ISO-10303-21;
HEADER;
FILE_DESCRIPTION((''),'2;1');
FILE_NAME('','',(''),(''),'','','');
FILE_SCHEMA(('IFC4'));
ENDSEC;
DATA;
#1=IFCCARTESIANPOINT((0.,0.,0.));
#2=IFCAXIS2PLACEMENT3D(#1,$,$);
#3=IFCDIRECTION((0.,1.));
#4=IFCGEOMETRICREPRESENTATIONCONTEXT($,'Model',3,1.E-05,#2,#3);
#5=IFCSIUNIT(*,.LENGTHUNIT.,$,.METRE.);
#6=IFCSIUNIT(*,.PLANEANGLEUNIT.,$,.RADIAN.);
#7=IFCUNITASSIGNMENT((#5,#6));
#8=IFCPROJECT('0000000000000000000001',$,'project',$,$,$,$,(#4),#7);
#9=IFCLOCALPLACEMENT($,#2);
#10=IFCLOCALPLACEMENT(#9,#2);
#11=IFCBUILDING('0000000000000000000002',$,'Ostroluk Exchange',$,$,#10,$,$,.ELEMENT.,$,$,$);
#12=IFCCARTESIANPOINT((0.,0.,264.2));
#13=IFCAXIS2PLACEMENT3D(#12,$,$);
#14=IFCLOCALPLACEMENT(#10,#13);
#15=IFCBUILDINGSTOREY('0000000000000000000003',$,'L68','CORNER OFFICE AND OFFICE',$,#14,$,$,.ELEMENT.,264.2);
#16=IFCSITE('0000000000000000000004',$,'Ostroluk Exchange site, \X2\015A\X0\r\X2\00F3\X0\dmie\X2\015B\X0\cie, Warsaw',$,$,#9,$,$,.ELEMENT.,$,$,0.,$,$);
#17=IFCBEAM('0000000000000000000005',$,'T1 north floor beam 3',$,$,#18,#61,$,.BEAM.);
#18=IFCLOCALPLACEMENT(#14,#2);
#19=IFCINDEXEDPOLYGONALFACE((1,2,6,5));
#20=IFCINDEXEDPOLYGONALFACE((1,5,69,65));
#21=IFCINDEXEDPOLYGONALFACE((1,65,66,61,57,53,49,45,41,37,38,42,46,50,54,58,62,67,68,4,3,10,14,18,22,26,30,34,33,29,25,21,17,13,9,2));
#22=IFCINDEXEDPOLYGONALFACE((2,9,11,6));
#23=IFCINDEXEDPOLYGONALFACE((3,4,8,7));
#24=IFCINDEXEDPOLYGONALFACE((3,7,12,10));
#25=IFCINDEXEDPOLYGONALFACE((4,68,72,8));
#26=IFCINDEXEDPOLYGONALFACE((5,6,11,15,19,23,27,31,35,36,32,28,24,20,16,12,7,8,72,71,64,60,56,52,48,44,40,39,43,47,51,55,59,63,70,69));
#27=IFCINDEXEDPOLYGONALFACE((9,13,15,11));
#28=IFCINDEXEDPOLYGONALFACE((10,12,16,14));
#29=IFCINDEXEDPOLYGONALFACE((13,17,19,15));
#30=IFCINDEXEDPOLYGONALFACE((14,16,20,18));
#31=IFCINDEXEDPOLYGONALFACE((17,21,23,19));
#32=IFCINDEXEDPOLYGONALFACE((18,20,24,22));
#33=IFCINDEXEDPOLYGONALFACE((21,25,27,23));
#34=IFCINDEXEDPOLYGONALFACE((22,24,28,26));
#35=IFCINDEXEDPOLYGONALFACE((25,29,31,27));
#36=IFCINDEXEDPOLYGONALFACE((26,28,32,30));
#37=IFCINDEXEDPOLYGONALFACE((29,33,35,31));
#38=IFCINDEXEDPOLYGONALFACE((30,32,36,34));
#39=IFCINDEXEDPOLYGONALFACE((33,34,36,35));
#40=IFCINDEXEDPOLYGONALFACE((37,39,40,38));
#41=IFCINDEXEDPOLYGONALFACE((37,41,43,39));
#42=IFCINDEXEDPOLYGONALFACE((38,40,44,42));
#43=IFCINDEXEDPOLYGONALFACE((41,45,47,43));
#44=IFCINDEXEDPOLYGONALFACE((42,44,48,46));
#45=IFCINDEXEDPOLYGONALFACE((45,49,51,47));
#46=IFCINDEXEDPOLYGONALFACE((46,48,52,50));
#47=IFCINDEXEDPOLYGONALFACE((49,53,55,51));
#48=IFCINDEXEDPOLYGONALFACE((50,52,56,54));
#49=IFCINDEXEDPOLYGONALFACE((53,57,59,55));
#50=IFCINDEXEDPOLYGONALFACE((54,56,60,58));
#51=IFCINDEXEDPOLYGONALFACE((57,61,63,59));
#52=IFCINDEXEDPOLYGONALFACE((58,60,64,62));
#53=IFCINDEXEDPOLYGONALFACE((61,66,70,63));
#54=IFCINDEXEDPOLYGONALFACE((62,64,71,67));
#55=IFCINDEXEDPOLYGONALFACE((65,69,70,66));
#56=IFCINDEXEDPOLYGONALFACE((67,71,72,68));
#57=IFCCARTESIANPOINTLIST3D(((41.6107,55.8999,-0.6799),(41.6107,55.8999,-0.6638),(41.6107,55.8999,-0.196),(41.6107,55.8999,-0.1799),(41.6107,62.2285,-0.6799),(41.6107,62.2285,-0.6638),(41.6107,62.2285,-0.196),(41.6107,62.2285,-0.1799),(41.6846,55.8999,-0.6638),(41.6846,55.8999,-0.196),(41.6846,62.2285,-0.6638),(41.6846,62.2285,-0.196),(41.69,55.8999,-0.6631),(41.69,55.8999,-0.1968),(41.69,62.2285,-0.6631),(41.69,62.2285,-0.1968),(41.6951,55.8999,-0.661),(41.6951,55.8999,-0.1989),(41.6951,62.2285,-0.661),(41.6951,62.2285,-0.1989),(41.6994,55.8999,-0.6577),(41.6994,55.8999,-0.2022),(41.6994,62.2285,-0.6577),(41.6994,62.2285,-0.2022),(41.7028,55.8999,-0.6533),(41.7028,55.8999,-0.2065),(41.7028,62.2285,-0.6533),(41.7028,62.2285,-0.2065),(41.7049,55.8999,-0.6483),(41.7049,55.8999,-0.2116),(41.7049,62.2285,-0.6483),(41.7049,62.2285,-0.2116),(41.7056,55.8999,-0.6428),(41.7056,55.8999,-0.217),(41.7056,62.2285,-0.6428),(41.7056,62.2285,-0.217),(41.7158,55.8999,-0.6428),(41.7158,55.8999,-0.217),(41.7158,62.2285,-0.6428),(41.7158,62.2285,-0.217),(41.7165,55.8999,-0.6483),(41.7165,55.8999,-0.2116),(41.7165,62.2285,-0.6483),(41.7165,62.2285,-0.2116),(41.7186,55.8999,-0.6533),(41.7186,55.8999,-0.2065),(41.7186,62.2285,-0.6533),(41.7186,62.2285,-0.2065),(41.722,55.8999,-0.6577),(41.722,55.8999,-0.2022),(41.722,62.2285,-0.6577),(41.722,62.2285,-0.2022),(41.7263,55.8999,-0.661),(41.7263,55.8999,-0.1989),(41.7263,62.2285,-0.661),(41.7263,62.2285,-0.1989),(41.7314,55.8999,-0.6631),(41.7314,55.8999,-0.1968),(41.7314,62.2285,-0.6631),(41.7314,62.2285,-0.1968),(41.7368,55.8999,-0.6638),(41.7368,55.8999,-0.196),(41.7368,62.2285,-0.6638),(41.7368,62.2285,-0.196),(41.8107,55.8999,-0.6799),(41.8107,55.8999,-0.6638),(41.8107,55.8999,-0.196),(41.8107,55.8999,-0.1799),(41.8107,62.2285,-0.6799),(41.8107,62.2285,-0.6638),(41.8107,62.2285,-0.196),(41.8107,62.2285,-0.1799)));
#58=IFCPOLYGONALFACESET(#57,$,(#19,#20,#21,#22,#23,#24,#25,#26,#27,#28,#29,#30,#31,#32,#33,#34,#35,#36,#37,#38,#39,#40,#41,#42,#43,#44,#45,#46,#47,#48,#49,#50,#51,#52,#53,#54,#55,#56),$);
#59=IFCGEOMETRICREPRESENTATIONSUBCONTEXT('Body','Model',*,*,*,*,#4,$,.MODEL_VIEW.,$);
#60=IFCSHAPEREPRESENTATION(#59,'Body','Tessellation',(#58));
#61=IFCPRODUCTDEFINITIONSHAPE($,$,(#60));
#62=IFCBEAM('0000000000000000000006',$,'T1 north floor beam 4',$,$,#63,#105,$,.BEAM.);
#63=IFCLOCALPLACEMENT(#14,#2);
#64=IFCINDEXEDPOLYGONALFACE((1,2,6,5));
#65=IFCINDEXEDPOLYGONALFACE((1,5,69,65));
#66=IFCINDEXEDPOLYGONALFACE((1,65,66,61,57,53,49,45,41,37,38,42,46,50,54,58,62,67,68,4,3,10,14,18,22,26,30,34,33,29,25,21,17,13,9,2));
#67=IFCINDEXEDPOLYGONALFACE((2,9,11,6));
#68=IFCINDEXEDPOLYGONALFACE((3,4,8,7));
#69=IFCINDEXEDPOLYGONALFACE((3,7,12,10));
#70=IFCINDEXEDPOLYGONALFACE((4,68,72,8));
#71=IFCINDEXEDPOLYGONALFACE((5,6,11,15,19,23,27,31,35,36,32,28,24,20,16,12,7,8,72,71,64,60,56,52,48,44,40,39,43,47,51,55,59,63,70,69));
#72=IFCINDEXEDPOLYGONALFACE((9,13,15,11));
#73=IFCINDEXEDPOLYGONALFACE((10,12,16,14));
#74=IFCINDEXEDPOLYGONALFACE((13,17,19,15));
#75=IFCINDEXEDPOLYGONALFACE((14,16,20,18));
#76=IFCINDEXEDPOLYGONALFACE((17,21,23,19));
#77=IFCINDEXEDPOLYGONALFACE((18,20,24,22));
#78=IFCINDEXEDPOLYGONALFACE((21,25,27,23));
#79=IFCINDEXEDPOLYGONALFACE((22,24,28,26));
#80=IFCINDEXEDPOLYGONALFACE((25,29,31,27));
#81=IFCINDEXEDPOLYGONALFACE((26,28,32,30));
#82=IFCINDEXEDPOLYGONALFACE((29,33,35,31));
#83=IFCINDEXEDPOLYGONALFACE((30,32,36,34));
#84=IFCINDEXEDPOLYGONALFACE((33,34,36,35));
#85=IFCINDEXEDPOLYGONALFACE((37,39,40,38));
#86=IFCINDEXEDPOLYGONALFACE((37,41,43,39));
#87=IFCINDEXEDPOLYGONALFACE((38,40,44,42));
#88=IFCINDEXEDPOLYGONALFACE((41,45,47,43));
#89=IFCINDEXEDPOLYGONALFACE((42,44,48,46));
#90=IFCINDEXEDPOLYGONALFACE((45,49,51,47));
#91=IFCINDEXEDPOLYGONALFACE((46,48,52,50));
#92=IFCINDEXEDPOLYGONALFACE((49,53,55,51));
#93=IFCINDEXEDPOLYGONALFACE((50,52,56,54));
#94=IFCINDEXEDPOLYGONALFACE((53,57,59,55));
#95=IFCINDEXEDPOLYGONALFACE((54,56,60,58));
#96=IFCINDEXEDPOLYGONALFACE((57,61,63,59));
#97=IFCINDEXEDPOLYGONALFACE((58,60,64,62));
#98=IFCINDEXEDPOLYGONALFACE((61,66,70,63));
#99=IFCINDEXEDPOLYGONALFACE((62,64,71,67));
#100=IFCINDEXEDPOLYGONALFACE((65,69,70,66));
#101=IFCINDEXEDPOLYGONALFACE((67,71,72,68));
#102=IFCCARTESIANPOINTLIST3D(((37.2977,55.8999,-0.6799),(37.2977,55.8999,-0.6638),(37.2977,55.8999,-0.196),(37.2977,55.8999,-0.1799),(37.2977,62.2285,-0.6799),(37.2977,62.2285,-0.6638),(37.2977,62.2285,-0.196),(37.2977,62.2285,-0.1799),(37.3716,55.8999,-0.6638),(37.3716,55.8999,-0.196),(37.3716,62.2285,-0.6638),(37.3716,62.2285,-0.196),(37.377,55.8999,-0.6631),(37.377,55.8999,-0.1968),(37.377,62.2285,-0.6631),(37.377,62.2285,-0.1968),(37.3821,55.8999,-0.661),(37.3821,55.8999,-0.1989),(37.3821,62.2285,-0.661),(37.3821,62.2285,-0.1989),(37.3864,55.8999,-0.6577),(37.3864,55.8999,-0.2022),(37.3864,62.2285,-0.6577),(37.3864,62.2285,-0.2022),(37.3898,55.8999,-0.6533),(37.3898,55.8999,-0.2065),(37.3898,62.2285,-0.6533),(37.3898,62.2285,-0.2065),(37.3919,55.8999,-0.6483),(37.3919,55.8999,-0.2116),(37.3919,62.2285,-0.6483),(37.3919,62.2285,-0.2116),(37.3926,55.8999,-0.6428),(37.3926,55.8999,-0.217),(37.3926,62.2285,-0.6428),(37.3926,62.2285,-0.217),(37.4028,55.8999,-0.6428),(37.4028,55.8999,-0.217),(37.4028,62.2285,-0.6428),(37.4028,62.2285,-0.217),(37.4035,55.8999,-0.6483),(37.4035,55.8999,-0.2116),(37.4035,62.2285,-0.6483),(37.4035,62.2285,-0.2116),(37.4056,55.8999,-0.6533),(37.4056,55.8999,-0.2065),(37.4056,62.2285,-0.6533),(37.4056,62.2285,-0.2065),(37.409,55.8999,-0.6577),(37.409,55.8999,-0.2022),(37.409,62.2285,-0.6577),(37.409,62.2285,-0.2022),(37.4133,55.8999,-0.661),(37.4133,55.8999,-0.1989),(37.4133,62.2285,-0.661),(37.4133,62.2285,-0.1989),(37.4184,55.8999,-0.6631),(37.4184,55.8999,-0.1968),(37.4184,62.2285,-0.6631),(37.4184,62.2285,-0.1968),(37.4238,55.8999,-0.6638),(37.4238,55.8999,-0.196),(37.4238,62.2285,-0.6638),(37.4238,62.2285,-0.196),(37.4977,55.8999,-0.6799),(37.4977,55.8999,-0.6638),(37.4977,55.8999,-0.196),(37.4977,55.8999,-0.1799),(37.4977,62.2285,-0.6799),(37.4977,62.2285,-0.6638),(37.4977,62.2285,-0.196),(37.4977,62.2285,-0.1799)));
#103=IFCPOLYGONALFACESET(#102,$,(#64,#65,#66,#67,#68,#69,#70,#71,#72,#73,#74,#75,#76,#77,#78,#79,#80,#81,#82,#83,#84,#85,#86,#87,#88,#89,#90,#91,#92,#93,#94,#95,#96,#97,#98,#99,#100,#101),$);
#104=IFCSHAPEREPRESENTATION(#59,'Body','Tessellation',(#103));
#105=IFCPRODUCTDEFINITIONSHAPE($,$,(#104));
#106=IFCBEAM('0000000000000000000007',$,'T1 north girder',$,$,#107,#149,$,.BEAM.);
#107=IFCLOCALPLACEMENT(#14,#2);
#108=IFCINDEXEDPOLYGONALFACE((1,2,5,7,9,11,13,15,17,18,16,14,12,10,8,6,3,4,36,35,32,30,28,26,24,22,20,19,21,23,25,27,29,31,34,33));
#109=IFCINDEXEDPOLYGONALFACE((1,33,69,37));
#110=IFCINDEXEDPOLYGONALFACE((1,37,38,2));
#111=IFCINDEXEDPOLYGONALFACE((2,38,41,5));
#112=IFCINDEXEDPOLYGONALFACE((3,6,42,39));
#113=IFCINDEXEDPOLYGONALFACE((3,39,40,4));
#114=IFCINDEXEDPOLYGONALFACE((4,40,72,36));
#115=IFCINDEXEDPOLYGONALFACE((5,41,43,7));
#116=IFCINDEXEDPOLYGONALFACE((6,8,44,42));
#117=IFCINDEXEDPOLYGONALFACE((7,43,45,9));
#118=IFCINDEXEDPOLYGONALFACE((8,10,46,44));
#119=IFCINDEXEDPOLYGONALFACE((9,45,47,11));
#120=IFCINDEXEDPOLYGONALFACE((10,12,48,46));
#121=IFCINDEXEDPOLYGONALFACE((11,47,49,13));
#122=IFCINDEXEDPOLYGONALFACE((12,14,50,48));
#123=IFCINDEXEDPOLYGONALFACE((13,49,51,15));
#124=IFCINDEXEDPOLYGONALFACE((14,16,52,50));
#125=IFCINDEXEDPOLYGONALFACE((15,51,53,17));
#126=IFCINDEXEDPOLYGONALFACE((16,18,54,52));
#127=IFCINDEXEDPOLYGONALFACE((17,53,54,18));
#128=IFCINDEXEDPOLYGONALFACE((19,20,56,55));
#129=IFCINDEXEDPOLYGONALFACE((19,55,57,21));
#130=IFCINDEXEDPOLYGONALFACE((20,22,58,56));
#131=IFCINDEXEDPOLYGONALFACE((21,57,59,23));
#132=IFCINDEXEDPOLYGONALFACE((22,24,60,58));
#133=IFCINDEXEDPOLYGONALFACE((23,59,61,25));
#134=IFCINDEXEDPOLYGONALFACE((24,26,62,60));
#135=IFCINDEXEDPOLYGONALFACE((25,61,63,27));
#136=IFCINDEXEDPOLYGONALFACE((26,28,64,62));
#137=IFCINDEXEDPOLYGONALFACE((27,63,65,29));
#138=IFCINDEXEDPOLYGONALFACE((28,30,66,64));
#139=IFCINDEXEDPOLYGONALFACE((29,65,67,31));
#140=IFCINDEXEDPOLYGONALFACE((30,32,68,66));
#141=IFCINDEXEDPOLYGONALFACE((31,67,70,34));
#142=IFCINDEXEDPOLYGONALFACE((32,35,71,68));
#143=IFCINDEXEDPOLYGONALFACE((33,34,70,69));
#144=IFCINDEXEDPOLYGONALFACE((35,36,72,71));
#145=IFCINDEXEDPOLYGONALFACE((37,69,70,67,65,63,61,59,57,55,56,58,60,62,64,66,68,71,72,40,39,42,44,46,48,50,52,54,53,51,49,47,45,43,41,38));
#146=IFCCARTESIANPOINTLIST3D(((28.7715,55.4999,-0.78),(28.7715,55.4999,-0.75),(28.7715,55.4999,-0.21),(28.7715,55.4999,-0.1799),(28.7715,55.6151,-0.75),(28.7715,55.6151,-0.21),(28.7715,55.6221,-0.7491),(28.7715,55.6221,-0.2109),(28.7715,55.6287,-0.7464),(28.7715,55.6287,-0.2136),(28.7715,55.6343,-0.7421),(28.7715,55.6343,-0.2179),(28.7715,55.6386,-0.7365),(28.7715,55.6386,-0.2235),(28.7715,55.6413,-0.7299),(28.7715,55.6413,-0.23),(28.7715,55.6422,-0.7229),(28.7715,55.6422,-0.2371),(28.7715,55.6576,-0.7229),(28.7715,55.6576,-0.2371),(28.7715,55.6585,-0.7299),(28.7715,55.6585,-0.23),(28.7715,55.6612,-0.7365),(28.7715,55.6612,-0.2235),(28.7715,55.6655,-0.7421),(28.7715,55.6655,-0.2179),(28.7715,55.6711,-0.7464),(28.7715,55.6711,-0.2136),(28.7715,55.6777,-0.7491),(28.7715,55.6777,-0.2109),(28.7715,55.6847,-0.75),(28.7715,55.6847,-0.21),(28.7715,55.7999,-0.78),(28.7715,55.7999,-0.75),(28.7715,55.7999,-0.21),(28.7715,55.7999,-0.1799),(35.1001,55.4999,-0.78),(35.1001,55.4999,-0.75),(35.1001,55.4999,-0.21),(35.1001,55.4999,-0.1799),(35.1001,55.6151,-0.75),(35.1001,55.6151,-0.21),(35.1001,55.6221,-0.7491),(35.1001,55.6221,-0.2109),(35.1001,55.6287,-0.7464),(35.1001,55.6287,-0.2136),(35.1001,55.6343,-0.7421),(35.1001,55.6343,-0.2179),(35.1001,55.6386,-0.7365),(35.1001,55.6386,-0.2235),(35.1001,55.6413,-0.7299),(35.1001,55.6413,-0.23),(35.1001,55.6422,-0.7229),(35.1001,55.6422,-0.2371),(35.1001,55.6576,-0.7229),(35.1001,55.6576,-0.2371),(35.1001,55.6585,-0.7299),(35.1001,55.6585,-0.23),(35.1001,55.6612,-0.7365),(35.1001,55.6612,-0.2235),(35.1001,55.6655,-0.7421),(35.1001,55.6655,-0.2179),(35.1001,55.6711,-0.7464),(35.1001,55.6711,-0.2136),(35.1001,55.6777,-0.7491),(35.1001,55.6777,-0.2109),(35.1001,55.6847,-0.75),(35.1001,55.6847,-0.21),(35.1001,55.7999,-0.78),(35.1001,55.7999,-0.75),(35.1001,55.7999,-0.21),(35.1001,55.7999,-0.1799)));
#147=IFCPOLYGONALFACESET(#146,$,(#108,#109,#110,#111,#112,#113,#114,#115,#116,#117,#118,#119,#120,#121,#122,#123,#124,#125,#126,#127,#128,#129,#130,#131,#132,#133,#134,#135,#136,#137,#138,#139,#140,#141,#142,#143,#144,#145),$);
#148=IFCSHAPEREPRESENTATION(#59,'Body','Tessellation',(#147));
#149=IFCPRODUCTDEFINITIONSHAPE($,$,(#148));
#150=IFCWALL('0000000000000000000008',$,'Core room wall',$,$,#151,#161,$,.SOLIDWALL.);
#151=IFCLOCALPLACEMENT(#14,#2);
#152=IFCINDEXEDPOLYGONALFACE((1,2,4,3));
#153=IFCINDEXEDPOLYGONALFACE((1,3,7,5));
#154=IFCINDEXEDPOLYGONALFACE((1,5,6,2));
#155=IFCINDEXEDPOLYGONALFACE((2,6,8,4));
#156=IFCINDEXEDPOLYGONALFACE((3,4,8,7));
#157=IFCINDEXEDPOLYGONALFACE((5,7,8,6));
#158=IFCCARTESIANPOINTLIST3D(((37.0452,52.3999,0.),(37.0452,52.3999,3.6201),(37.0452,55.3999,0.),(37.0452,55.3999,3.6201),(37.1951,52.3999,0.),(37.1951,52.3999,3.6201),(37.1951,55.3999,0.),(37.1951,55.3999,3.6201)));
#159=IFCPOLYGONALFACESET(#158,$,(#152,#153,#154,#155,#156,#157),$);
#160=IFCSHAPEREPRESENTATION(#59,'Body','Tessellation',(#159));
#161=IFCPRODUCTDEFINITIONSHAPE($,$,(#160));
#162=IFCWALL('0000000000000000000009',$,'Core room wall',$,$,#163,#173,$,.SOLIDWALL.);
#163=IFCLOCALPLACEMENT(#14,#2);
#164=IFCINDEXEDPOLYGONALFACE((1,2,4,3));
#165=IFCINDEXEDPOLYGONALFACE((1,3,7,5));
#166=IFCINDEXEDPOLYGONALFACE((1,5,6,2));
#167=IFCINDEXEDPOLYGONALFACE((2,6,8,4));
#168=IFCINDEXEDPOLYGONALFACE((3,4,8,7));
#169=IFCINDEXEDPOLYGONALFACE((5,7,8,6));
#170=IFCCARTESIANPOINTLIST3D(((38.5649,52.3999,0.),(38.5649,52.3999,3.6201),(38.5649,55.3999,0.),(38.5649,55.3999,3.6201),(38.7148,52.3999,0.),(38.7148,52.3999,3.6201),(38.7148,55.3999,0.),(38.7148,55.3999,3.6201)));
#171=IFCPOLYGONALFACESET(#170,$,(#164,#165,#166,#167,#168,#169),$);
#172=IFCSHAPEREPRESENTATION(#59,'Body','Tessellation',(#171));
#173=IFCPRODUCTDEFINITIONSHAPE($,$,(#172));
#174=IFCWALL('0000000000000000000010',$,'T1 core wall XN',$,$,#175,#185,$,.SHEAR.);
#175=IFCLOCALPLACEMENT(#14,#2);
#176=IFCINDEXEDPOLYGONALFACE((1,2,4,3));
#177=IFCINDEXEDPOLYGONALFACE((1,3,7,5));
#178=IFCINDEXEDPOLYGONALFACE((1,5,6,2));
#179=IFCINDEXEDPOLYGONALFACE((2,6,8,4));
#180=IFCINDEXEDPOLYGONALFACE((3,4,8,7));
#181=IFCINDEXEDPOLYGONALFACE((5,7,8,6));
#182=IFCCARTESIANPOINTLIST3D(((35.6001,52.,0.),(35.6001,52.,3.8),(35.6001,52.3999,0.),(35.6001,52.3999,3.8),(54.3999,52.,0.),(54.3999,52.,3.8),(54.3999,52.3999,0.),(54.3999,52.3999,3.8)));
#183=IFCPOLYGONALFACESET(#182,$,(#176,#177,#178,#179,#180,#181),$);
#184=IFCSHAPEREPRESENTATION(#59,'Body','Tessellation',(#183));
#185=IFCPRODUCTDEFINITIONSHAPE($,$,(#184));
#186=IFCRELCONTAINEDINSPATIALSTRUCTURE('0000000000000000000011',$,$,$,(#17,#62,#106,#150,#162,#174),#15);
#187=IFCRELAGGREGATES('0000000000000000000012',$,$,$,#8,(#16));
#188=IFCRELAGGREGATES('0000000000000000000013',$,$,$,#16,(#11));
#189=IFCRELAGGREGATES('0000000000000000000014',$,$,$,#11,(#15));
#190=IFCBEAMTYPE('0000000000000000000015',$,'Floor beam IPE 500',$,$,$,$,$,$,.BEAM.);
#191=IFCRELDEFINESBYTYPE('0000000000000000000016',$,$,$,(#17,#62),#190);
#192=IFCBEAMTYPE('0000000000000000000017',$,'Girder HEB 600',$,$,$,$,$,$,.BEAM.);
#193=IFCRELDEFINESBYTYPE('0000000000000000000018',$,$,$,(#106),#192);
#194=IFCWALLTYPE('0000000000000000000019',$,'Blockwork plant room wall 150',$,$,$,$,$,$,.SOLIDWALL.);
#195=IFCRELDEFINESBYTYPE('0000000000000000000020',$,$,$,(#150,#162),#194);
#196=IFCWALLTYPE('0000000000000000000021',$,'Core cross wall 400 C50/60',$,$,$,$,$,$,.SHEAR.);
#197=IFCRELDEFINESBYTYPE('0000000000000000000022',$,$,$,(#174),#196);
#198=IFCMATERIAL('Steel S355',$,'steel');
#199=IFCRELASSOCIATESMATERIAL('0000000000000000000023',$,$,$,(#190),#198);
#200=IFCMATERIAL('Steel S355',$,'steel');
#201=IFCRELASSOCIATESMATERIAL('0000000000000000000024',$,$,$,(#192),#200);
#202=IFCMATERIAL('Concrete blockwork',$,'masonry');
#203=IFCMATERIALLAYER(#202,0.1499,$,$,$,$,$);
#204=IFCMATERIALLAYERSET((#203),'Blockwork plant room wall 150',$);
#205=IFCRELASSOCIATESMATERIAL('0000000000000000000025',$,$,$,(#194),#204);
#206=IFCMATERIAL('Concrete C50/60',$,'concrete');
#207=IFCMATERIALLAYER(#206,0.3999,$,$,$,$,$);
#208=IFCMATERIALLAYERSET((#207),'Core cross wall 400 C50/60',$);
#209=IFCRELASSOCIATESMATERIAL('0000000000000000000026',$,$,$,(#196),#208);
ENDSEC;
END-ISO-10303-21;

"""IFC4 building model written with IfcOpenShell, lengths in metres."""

from ifc_helpers import new_model, si_unit, direction, frame, frame_2d, origin, origin_2d, place, context, subcontext, project, spatial, rectangle, i_section, extrude, material, layer, layer_set, material_profile, profile_set, type_object, element, save


model = new_model("IFC4")

# Units and contexts
model_context = context("Model", 3, precision=1e-05, world=origin(), true_north=direction((0.0, 1.0)))
body_context = subcontext(model_context, "Body", "Model", "MODEL_VIEW")
ifc_project = project(units=[si_unit("LENGTHUNIT", "METRE"), si_unit("PLANEANGLEUNIT", "RADIAN")], contexts=[model_context])

# Site, building, storey
site_placement = place(None, origin())
site = spatial("IfcSite", under=ifc_project, at=site_placement, Name="Ostroluk Exchange site, Śródmieście, Warsaw", CompositionType="ELEMENT", RefElevation=0.0)
building_placement = place(site_placement, origin())
building = spatial("IfcBuilding", under=site, at=building_placement, Name="Ostroluk Exchange", CompositionType="ELEMENT")
storey_placement = place(building_placement, frame((0.0, 0.0, 264.2)))
storey = spatial("IfcBuildingStorey", under=building, at=storey_placement, Name="L68", Description="CORNER OFFICE AND OFFICE", CompositionType="ELEMENT", Elevation=264.2)

# Beams
ifc_material_1 = material(Name="Steel S355", Category="steel")
ifc_material_profile_1 = material_profile(ifc_material_1, i_section(OverallWidth=0.2, OverallDepth=0.5, WebThickness=0.0103, FlangeThickness=0.0161, FilletRadius=0.021, at=origin_2d()), Name="IPE 500")
ifc_profile_set_1 = profile_set([ifc_material_profile_1], Name="Steel S355")
beam_type_1 = type_object("IfcBeamType", Name="Floor beam IPE 500", PredefinedType="BEAM", material=ifc_profile_set_1)
for number, where, z_axis, x_axis, name in (
    (1, (41.7107, 55.8999, -0.4299), (0.0, 1.0, 0.0), (-1.0, 0.0, 0.0), "T1 north floor beam 3"),
    (2, (37.3977, 55.8999, -0.4299), (0.0, 1.0, 0.0), (-1.0, 0.0, 0.0), "T1 north floor beam 4"),
):
    element("IfcBeam", number, at=place(storey_placement, frame(where, z_axis=z_axis, x_axis=x_axis)), inside=storey, type_object=beam_type_1, Name=name, PredefinedType="BEAM", context=body_context, shape_type="SweptSolid", body=[
        extrude(i_section(OverallWidth=0.2, OverallDepth=0.5, WebThickness=0.0103, FlangeThickness=0.0161, FilletRadius=0.021, at=origin_2d()), origin(), (0.0, 0.0, 1.0), 6.3286),
    ])
ifc_material_2 = material(Name="Steel S355", Category="steel")
ifc_material_profile_2 = material_profile(ifc_material_2, i_section(OverallWidth=0.3, OverallDepth=0.6001, WebThickness=0.0154, FlangeThickness=0.03, FilletRadius=0.0271, at=origin_2d()), Name="HEB 600")
ifc_profile_set_2 = profile_set([ifc_material_profile_2], Name="Steel S355")
beam_type_2 = type_object("IfcBeamType", Name="Girder HEB 600", PredefinedType="BEAM", material=ifc_profile_set_2)
beam_placement = place(storey_placement, frame((35.1001, 55.6499, -0.48), z_axis=(-1.0, 0.0, 0.0), x_axis=(0.0, -1.0, 0.0)))
element("IfcBeam", 3, at=beam_placement, inside=storey, type_object=beam_type_2, Name="T1 north girder", PredefinedType="BEAM", context=body_context, shape_type="SweptSolid", body=[
    extrude(i_section(OverallWidth=0.3, OverallDepth=0.6001, WebThickness=0.0154, FlangeThickness=0.03, FilletRadius=0.0271, at=origin_2d()), origin(), (0.0, 0.0, 1.0), 6.3286),
])

# Walls
ifc_material_3 = material(Name="Concrete blockwork", Category="masonry")
ifc_layer_1 = layer(ifc_material_3, 0.1499)
ifc_layer_set_1 = layer_set([ifc_layer_1], Name="Blockwork plant room wall 150")
wall_type_1 = type_object("IfcWallType", Name="Blockwork plant room wall 150", PredefinedType="SOLIDWALL", material=ifc_layer_set_1)
for number, where, z_axis, x_axis, name in (
    (4, (37.1201, 52.3999, 0.0), (0.0, 0.0, 1.0), (0.0, 1.0, 0.0), "Core room wall"),
    (5, (38.6399, 52.3999, 0.0), (0.0, 0.0, 1.0), (0.0, 1.0, 0.0), "Core room wall"),
):
    element("IfcWall", number, at=place(storey_placement, frame(where, z_axis=z_axis, x_axis=x_axis)), inside=storey, type_object=wall_type_1, Name=name, PredefinedType="SOLIDWALL", context=body_context, shape_type="SweptSolid", body=[
        extrude(rectangle(XDim=3.0, YDim=0.1499, at=frame_2d((1.5, 0.0))), origin(), (0.0, 0.0, 1.0), 3.6201),
    ])
ifc_material_4 = material(Name="Concrete C50/60", Category="concrete")
ifc_layer_2 = layer(ifc_material_4, 0.3999)
ifc_layer_set_2 = layer_set([ifc_layer_2], Name="Core cross wall 400 C50/60")
wall_type_2 = type_object("IfcWallType", Name="Core cross wall 400 C50/60", PredefinedType="SHEAR", material=ifc_layer_set_2)
wall_1_placement = place(storey_placement, frame((35.6001, 52.2, 0.0), z_axis=(0.0, 0.0, 1.0), x_axis=(1.0, 0.0, 0.0)))
element("IfcWall", 6, at=wall_1_placement, inside=storey, type_object=wall_type_2, Name="T1 core wall XN", PredefinedType="SHEAR", context=body_context, shape_type="SweptSolid", body=[
    extrude(rectangle(XDim=18.7998, YDim=0.3999, at=frame_2d((9.3999, 0.0))), origin(), (0.0, 0.0, 1.0), 3.8),
])

save(model, "model.ifc")
